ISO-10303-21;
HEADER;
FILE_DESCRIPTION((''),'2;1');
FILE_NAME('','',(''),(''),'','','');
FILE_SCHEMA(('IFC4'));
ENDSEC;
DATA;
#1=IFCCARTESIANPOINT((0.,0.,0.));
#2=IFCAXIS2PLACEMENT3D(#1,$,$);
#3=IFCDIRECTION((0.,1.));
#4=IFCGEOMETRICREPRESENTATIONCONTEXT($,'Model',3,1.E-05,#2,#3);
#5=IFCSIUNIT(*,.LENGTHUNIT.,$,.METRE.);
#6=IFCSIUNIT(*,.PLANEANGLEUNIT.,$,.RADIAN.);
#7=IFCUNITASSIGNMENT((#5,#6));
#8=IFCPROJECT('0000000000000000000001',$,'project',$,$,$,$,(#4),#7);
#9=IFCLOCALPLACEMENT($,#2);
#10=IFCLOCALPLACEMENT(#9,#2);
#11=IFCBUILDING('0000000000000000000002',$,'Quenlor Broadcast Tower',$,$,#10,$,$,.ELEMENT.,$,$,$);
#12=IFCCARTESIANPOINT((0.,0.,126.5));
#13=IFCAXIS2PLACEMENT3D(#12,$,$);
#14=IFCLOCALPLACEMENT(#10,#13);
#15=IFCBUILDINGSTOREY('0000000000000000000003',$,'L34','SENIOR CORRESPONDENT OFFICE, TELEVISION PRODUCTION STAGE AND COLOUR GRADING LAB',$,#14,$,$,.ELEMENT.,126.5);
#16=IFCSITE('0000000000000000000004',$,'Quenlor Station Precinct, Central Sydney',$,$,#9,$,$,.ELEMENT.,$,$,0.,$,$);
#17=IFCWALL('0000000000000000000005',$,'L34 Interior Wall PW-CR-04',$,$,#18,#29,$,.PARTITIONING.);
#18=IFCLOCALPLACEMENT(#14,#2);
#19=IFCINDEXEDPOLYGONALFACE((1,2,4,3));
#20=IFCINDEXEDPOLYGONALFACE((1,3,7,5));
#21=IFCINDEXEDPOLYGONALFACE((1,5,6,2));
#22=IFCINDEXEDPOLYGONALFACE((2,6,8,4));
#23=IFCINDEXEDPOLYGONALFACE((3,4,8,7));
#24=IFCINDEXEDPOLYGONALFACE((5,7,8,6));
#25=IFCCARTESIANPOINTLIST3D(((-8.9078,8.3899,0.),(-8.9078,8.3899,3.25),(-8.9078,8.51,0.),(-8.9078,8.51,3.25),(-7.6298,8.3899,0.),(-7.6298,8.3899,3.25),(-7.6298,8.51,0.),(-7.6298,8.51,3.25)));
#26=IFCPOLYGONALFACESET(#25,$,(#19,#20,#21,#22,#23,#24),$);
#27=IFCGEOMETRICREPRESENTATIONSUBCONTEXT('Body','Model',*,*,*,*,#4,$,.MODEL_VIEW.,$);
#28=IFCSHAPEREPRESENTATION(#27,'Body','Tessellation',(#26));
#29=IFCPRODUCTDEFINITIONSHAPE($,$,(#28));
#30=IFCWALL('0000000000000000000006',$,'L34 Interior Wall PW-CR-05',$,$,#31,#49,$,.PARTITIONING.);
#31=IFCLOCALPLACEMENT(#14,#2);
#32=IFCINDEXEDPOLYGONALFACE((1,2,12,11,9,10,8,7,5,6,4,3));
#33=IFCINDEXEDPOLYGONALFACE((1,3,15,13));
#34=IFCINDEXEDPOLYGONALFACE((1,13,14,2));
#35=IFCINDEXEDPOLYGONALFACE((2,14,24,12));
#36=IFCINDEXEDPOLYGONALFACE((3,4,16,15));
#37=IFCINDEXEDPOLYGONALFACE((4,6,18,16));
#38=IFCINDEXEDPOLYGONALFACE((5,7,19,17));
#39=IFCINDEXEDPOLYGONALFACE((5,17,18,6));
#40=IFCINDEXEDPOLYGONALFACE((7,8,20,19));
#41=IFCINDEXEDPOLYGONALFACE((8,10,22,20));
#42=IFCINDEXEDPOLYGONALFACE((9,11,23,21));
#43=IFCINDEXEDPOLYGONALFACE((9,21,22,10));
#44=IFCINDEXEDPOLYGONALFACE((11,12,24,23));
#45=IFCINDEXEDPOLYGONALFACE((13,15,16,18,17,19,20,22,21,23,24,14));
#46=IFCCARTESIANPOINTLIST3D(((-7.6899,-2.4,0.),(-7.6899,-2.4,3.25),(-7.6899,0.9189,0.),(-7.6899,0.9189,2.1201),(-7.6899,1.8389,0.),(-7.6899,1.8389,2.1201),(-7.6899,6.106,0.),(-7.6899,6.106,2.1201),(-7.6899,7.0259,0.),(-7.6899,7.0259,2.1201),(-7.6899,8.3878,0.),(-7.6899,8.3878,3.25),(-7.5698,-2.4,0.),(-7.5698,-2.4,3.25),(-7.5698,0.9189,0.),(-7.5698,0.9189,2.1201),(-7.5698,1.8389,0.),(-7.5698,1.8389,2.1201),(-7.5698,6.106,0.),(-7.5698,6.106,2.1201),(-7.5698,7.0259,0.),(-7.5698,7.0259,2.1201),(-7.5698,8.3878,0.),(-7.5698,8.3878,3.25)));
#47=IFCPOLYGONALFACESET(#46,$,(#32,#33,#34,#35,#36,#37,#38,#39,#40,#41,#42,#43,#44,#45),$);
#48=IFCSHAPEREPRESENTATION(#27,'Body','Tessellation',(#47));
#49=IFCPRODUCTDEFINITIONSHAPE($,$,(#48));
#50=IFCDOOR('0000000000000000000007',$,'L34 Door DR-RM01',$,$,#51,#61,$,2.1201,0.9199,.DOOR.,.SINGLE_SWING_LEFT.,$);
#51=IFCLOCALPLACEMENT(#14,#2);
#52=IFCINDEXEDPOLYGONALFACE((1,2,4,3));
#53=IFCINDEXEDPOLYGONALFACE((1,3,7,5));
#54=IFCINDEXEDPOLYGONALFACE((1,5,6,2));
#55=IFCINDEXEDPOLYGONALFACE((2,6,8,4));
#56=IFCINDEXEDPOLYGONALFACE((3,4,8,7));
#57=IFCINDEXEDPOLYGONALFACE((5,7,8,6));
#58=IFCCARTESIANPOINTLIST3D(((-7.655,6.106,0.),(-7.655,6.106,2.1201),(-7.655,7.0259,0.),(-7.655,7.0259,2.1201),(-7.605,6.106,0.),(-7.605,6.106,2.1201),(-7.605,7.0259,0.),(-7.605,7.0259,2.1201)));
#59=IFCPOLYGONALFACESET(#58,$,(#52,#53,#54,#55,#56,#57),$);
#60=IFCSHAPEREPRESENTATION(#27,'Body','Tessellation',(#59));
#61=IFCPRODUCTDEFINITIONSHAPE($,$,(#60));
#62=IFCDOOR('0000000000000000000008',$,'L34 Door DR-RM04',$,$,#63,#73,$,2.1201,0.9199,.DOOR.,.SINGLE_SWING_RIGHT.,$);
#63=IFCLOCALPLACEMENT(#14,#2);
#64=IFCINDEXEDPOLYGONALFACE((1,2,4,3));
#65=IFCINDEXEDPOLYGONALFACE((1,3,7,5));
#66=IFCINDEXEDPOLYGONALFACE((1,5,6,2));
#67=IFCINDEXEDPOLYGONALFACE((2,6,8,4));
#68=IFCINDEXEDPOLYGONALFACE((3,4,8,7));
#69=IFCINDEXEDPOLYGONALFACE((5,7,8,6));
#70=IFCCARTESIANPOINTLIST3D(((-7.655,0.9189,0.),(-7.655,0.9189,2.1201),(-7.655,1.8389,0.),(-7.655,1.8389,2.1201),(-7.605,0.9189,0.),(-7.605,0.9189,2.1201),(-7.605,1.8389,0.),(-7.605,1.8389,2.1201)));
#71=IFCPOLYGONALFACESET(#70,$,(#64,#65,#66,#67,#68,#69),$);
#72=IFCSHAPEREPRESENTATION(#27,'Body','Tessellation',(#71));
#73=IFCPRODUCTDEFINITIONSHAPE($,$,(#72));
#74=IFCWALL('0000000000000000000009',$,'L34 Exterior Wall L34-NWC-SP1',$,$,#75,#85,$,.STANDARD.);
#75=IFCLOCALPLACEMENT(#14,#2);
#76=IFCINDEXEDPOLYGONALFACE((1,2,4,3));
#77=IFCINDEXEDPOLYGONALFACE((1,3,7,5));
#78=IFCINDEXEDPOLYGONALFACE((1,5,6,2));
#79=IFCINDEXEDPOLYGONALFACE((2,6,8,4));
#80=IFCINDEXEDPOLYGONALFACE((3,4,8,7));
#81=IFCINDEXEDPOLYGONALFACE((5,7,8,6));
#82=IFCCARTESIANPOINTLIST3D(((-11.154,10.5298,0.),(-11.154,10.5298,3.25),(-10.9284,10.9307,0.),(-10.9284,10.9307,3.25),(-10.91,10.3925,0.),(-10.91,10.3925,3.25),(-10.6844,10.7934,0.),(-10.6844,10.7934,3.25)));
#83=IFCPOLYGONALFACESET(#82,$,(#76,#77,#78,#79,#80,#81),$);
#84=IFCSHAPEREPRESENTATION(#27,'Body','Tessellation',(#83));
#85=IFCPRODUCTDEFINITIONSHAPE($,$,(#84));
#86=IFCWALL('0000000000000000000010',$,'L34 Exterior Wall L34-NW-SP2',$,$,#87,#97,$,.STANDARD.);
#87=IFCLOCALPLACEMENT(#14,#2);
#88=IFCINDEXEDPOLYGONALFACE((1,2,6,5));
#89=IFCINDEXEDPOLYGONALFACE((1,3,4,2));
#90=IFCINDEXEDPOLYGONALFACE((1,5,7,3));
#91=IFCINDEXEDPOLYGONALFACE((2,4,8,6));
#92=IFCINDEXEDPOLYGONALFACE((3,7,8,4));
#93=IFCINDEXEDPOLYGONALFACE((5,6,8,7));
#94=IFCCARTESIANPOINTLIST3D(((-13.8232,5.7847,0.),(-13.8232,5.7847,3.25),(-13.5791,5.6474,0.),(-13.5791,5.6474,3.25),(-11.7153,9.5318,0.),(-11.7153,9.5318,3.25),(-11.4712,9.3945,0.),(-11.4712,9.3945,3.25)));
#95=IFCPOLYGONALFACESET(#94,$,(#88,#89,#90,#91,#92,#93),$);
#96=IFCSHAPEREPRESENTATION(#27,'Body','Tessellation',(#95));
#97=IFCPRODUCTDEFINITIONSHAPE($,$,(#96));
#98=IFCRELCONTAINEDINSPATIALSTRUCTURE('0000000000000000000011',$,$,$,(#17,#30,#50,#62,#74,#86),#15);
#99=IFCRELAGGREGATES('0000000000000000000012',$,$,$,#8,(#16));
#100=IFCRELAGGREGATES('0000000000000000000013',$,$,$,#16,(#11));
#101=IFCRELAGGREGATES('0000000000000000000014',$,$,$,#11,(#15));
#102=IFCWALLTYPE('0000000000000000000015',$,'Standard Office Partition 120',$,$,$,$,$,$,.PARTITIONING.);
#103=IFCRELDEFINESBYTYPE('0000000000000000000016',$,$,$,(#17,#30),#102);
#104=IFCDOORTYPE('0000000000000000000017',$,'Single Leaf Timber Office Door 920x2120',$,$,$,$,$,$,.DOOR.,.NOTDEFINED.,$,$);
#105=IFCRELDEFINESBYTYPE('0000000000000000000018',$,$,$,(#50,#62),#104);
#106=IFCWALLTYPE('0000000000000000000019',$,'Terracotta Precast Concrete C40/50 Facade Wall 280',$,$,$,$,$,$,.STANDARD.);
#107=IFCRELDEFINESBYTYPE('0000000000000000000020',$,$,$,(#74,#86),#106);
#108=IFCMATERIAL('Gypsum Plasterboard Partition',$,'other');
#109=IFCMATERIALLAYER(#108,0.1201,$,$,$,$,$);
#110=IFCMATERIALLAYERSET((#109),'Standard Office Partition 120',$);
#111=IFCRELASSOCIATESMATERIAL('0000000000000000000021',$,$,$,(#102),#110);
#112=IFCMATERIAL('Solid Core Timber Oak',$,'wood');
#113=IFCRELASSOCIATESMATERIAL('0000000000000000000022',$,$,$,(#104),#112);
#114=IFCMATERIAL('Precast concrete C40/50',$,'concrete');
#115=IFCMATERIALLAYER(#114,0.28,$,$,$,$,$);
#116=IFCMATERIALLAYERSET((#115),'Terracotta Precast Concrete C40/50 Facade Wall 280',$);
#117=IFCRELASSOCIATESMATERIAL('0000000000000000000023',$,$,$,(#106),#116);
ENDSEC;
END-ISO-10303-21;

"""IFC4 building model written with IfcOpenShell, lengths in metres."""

from ifc_helpers import new_model, si_unit, direction, frame, frame_2d, origin, place, context, subcontext, project, spatial, rectangle, extrude, material, layer, layer_set, type_object, element, fill, save


model = new_model("IFC4")

# Units and contexts
model_context = context("Model", 3, precision=1e-05, world=origin(), true_north=direction((0.0, 1.0)))
body_context = subcontext(model_context, "Body", "Model", "MODEL_VIEW")
ifc_project = project(units=[si_unit("LENGTHUNIT", "METRE"), si_unit("PLANEANGLEUNIT", "RADIAN")], contexts=[model_context])

# Site, building, storey
site_placement = place(None, origin())
site = spatial("IfcSite", under=ifc_project, at=site_placement, Name="Quenlor Station Precinct, Central Sydney", CompositionType="ELEMENT", RefElevation=0.0)
building_placement = place(site_placement, origin())
building = spatial("IfcBuilding", under=site, at=building_placement, Name="Quenlor Broadcast Tower", CompositionType="ELEMENT")
storey_placement = place(building_placement, frame((0.0, 0.0, 126.5)))
storey = spatial("IfcBuildingStorey", under=building, at=storey_placement, Name="L34", Description="SENIOR CORRESPONDENT OFFICE, TELEVISION PRODUCTION STAGE AND COLOUR GRADING LAB", CompositionType="ELEMENT", Elevation=126.5)

# Wall
ifc_material_1 = material(Name="Gypsum Plasterboard Partition", Category="other")
ifc_layer_1 = layer(ifc_material_1, 0.1201)
ifc_layer_set_1 = layer_set([ifc_layer_1], Name="Standard Office Partition 120")
wall_type_1 = type_object("IfcWallType", Name="Standard Office Partition 120", PredefinedType="PARTITIONING", material=ifc_layer_set_1)
wall_1_placement = place(storey_placement, frame((-8.908, 8.45, 0.0), z_axis=(0.0, 0.0, 1.0), x_axis=(1.0, 0.0, 0.0)))
element("IfcWall", 1, at=wall_1_placement, inside=storey, type_object=wall_type_1, Name="L34 Interior Wall PW-CR-04", PredefinedType="PARTITIONING", context=body_context, shape_type="SweptSolid", body=[
    extrude(rectangle(XDim=1.2781, YDim=0.1201, at=frame_2d((0.6392, 0.0))), origin(), (0.0, 0.0, 1.0), 3.25),
])

# Wall, openings, doors
wall_2_placement = place(storey_placement, frame((-7.6299, 8.3879, 0.0), z_axis=(0.0, 0.0, 1.0), x_axis=(0.0, -1.0, 0.0)))
wall_2 = element("IfcWall", 2, at=wall_2_placement, inside=storey, type_object=wall_type_1, Name="L34 Interior Wall PW-CR-05", PredefinedType="PARTITIONING", context=body_context, shape_type="SweptSolid", body=[
    extrude(rectangle(XDim=10.7878, YDim=0.1201, at=frame_2d((5.394, 0.0))), origin(), (0.0, 0.0, 1.0), 3.25),
])
opening_1_placement = place(wall_2_placement, frame((1.3621, 0.0, 0.0)))
opening_1 = element("IfcOpeningElement", 3, at=opening_1_placement, cuts=wall_2, PredefinedType="OPENING", context=body_context, shape_type="SweptSolid", body=[
    extrude(rectangle(XDim=0.9199, YDim=2.1201, at=frame_2d((0.46, 1.0601))), frame((0.0, 0.0701, 0.0), z_axis=(0.0, -1.0, 0.0), x_axis=(1.0, 0.0, 0.0)), (0.0, 0.0, 1.0), 0.1401),
])
opening_2_placement = place(wall_2_placement, frame((6.5491, 0.0, 0.0)))
opening_2 = element("IfcOpeningElement", 4, at=opening_2_placement, cuts=wall_2, PredefinedType="OPENING", context=body_context, shape_type="SweptSolid", body=[
    extrude(rectangle(XDim=0.9199, YDim=2.1201, at=frame_2d((0.46, 1.0601))), frame((0.0, 0.0701, 0.0), z_axis=(0.0, -1.0, 0.0), x_axis=(1.0, 0.0, 0.0)), (0.0, 0.0, 1.0), 0.1401),
])
ifc_material_2 = material(Name="Solid Core Timber Oak", Category="wood")
door_type = type_object("IfcDoorType", Name="Single Leaf Timber Office Door 920x2120", OperationType="NOTDEFINED", PredefinedType="DOOR", material=ifc_material_2)
door_1_placement = place(opening_1_placement, origin())
door_1 = element("IfcDoor", 5, at=door_1_placement, inside=storey, type_object=door_type, Name="L34 Door DR-RM01", OperationType="SINGLE_SWING_LEFT", OverallHeight=2.1201, OverallWidth=0.9199, PredefinedType="DOOR", context=body_context, shape_type="SweptSolid", body=[
    extrude(rectangle(XDim=0.9199, YDim=2.1201, at=frame_2d((0.46, 1.0601))), frame((0.0, 0.0249, 0.0), z_axis=(0.0, -1.0, 0.0), x_axis=(1.0, 0.0, 0.0)), (0.0, 0.0, 1.0), 0.05),
])
fill(opening_1, door_1)
door_2_placement = place(opening_2_placement, origin())
door_2 = element("IfcDoor", 6, at=door_2_placement, inside=storey, type_object=door_type, Name="L34 Door DR-RM04", OperationType="SINGLE_SWING_RIGHT", OverallHeight=2.1201, OverallWidth=0.9199, PredefinedType="DOOR", context=body_context, shape_type="SweptSolid", body=[
    extrude(rectangle(XDim=0.9199, YDim=2.1201, at=frame_2d((0.46, 1.0601))), frame((0.0, 0.0249, 0.0), z_axis=(0.0, -1.0, 0.0), x_axis=(1.0, 0.0, 0.0)), (0.0, 0.0, 1.0), 0.05),
])
fill(opening_2, door_2)

# Walls
ifc_material_3 = material(Name="Precast concrete C40/50", Category="concrete")
ifc_layer_2 = layer(ifc_material_3, 0.28)
ifc_layer_set_2 = layer_set([ifc_layer_2], Name="Terracotta Precast Concrete C40/50 Facade Wall 280")
wall_type_2 = type_object("IfcWallType", Name="Terracotta Precast Concrete C40/50 Facade Wall 280", PredefinedType="STANDARD", material=ifc_layer_set_2)
wall_3_placement = place(storey_placement, frame((-11.032, 10.4612, 0.0), z_axis=(0.0, 0.0, 1.0), x_axis=(0.490412, 0.87149, 0.0)))
element("IfcWall", 7, at=wall_3_placement, inside=storey, type_object=wall_type_2, Name="L34 Exterior Wall L34-NWC-SP1", PredefinedType="STANDARD", context=body_context, shape_type="SweptSolid", body=[
    extrude(rectangle(XDim=0.46, YDim=0.28, at=frame_2d((0.23, 0.0))), origin(), (0.0, 0.0, 1.0), 3.25),
])
wall_4_placement = place(storey_placement, frame((-13.7012, 5.7161, 0.0), z_axis=(0.0, 0.0, 1.0), x_axis=(0.490294, 0.871557, 0.0)))
element("IfcWall", 8, at=wall_4_placement, inside=storey, type_object=wall_type_2, Name="L34 Exterior Wall L34-NW-SP2", PredefinedType="STANDARD", context=body_context, shape_type="SweptSolid", body=[
    extrude(rectangle(XDim=4.2993, YDim=0.28, at=frame_2d((2.1497, 0.0))), origin(), (0.0, 0.0, 1.0), 3.25),
])

save(model, "model.ifc")
